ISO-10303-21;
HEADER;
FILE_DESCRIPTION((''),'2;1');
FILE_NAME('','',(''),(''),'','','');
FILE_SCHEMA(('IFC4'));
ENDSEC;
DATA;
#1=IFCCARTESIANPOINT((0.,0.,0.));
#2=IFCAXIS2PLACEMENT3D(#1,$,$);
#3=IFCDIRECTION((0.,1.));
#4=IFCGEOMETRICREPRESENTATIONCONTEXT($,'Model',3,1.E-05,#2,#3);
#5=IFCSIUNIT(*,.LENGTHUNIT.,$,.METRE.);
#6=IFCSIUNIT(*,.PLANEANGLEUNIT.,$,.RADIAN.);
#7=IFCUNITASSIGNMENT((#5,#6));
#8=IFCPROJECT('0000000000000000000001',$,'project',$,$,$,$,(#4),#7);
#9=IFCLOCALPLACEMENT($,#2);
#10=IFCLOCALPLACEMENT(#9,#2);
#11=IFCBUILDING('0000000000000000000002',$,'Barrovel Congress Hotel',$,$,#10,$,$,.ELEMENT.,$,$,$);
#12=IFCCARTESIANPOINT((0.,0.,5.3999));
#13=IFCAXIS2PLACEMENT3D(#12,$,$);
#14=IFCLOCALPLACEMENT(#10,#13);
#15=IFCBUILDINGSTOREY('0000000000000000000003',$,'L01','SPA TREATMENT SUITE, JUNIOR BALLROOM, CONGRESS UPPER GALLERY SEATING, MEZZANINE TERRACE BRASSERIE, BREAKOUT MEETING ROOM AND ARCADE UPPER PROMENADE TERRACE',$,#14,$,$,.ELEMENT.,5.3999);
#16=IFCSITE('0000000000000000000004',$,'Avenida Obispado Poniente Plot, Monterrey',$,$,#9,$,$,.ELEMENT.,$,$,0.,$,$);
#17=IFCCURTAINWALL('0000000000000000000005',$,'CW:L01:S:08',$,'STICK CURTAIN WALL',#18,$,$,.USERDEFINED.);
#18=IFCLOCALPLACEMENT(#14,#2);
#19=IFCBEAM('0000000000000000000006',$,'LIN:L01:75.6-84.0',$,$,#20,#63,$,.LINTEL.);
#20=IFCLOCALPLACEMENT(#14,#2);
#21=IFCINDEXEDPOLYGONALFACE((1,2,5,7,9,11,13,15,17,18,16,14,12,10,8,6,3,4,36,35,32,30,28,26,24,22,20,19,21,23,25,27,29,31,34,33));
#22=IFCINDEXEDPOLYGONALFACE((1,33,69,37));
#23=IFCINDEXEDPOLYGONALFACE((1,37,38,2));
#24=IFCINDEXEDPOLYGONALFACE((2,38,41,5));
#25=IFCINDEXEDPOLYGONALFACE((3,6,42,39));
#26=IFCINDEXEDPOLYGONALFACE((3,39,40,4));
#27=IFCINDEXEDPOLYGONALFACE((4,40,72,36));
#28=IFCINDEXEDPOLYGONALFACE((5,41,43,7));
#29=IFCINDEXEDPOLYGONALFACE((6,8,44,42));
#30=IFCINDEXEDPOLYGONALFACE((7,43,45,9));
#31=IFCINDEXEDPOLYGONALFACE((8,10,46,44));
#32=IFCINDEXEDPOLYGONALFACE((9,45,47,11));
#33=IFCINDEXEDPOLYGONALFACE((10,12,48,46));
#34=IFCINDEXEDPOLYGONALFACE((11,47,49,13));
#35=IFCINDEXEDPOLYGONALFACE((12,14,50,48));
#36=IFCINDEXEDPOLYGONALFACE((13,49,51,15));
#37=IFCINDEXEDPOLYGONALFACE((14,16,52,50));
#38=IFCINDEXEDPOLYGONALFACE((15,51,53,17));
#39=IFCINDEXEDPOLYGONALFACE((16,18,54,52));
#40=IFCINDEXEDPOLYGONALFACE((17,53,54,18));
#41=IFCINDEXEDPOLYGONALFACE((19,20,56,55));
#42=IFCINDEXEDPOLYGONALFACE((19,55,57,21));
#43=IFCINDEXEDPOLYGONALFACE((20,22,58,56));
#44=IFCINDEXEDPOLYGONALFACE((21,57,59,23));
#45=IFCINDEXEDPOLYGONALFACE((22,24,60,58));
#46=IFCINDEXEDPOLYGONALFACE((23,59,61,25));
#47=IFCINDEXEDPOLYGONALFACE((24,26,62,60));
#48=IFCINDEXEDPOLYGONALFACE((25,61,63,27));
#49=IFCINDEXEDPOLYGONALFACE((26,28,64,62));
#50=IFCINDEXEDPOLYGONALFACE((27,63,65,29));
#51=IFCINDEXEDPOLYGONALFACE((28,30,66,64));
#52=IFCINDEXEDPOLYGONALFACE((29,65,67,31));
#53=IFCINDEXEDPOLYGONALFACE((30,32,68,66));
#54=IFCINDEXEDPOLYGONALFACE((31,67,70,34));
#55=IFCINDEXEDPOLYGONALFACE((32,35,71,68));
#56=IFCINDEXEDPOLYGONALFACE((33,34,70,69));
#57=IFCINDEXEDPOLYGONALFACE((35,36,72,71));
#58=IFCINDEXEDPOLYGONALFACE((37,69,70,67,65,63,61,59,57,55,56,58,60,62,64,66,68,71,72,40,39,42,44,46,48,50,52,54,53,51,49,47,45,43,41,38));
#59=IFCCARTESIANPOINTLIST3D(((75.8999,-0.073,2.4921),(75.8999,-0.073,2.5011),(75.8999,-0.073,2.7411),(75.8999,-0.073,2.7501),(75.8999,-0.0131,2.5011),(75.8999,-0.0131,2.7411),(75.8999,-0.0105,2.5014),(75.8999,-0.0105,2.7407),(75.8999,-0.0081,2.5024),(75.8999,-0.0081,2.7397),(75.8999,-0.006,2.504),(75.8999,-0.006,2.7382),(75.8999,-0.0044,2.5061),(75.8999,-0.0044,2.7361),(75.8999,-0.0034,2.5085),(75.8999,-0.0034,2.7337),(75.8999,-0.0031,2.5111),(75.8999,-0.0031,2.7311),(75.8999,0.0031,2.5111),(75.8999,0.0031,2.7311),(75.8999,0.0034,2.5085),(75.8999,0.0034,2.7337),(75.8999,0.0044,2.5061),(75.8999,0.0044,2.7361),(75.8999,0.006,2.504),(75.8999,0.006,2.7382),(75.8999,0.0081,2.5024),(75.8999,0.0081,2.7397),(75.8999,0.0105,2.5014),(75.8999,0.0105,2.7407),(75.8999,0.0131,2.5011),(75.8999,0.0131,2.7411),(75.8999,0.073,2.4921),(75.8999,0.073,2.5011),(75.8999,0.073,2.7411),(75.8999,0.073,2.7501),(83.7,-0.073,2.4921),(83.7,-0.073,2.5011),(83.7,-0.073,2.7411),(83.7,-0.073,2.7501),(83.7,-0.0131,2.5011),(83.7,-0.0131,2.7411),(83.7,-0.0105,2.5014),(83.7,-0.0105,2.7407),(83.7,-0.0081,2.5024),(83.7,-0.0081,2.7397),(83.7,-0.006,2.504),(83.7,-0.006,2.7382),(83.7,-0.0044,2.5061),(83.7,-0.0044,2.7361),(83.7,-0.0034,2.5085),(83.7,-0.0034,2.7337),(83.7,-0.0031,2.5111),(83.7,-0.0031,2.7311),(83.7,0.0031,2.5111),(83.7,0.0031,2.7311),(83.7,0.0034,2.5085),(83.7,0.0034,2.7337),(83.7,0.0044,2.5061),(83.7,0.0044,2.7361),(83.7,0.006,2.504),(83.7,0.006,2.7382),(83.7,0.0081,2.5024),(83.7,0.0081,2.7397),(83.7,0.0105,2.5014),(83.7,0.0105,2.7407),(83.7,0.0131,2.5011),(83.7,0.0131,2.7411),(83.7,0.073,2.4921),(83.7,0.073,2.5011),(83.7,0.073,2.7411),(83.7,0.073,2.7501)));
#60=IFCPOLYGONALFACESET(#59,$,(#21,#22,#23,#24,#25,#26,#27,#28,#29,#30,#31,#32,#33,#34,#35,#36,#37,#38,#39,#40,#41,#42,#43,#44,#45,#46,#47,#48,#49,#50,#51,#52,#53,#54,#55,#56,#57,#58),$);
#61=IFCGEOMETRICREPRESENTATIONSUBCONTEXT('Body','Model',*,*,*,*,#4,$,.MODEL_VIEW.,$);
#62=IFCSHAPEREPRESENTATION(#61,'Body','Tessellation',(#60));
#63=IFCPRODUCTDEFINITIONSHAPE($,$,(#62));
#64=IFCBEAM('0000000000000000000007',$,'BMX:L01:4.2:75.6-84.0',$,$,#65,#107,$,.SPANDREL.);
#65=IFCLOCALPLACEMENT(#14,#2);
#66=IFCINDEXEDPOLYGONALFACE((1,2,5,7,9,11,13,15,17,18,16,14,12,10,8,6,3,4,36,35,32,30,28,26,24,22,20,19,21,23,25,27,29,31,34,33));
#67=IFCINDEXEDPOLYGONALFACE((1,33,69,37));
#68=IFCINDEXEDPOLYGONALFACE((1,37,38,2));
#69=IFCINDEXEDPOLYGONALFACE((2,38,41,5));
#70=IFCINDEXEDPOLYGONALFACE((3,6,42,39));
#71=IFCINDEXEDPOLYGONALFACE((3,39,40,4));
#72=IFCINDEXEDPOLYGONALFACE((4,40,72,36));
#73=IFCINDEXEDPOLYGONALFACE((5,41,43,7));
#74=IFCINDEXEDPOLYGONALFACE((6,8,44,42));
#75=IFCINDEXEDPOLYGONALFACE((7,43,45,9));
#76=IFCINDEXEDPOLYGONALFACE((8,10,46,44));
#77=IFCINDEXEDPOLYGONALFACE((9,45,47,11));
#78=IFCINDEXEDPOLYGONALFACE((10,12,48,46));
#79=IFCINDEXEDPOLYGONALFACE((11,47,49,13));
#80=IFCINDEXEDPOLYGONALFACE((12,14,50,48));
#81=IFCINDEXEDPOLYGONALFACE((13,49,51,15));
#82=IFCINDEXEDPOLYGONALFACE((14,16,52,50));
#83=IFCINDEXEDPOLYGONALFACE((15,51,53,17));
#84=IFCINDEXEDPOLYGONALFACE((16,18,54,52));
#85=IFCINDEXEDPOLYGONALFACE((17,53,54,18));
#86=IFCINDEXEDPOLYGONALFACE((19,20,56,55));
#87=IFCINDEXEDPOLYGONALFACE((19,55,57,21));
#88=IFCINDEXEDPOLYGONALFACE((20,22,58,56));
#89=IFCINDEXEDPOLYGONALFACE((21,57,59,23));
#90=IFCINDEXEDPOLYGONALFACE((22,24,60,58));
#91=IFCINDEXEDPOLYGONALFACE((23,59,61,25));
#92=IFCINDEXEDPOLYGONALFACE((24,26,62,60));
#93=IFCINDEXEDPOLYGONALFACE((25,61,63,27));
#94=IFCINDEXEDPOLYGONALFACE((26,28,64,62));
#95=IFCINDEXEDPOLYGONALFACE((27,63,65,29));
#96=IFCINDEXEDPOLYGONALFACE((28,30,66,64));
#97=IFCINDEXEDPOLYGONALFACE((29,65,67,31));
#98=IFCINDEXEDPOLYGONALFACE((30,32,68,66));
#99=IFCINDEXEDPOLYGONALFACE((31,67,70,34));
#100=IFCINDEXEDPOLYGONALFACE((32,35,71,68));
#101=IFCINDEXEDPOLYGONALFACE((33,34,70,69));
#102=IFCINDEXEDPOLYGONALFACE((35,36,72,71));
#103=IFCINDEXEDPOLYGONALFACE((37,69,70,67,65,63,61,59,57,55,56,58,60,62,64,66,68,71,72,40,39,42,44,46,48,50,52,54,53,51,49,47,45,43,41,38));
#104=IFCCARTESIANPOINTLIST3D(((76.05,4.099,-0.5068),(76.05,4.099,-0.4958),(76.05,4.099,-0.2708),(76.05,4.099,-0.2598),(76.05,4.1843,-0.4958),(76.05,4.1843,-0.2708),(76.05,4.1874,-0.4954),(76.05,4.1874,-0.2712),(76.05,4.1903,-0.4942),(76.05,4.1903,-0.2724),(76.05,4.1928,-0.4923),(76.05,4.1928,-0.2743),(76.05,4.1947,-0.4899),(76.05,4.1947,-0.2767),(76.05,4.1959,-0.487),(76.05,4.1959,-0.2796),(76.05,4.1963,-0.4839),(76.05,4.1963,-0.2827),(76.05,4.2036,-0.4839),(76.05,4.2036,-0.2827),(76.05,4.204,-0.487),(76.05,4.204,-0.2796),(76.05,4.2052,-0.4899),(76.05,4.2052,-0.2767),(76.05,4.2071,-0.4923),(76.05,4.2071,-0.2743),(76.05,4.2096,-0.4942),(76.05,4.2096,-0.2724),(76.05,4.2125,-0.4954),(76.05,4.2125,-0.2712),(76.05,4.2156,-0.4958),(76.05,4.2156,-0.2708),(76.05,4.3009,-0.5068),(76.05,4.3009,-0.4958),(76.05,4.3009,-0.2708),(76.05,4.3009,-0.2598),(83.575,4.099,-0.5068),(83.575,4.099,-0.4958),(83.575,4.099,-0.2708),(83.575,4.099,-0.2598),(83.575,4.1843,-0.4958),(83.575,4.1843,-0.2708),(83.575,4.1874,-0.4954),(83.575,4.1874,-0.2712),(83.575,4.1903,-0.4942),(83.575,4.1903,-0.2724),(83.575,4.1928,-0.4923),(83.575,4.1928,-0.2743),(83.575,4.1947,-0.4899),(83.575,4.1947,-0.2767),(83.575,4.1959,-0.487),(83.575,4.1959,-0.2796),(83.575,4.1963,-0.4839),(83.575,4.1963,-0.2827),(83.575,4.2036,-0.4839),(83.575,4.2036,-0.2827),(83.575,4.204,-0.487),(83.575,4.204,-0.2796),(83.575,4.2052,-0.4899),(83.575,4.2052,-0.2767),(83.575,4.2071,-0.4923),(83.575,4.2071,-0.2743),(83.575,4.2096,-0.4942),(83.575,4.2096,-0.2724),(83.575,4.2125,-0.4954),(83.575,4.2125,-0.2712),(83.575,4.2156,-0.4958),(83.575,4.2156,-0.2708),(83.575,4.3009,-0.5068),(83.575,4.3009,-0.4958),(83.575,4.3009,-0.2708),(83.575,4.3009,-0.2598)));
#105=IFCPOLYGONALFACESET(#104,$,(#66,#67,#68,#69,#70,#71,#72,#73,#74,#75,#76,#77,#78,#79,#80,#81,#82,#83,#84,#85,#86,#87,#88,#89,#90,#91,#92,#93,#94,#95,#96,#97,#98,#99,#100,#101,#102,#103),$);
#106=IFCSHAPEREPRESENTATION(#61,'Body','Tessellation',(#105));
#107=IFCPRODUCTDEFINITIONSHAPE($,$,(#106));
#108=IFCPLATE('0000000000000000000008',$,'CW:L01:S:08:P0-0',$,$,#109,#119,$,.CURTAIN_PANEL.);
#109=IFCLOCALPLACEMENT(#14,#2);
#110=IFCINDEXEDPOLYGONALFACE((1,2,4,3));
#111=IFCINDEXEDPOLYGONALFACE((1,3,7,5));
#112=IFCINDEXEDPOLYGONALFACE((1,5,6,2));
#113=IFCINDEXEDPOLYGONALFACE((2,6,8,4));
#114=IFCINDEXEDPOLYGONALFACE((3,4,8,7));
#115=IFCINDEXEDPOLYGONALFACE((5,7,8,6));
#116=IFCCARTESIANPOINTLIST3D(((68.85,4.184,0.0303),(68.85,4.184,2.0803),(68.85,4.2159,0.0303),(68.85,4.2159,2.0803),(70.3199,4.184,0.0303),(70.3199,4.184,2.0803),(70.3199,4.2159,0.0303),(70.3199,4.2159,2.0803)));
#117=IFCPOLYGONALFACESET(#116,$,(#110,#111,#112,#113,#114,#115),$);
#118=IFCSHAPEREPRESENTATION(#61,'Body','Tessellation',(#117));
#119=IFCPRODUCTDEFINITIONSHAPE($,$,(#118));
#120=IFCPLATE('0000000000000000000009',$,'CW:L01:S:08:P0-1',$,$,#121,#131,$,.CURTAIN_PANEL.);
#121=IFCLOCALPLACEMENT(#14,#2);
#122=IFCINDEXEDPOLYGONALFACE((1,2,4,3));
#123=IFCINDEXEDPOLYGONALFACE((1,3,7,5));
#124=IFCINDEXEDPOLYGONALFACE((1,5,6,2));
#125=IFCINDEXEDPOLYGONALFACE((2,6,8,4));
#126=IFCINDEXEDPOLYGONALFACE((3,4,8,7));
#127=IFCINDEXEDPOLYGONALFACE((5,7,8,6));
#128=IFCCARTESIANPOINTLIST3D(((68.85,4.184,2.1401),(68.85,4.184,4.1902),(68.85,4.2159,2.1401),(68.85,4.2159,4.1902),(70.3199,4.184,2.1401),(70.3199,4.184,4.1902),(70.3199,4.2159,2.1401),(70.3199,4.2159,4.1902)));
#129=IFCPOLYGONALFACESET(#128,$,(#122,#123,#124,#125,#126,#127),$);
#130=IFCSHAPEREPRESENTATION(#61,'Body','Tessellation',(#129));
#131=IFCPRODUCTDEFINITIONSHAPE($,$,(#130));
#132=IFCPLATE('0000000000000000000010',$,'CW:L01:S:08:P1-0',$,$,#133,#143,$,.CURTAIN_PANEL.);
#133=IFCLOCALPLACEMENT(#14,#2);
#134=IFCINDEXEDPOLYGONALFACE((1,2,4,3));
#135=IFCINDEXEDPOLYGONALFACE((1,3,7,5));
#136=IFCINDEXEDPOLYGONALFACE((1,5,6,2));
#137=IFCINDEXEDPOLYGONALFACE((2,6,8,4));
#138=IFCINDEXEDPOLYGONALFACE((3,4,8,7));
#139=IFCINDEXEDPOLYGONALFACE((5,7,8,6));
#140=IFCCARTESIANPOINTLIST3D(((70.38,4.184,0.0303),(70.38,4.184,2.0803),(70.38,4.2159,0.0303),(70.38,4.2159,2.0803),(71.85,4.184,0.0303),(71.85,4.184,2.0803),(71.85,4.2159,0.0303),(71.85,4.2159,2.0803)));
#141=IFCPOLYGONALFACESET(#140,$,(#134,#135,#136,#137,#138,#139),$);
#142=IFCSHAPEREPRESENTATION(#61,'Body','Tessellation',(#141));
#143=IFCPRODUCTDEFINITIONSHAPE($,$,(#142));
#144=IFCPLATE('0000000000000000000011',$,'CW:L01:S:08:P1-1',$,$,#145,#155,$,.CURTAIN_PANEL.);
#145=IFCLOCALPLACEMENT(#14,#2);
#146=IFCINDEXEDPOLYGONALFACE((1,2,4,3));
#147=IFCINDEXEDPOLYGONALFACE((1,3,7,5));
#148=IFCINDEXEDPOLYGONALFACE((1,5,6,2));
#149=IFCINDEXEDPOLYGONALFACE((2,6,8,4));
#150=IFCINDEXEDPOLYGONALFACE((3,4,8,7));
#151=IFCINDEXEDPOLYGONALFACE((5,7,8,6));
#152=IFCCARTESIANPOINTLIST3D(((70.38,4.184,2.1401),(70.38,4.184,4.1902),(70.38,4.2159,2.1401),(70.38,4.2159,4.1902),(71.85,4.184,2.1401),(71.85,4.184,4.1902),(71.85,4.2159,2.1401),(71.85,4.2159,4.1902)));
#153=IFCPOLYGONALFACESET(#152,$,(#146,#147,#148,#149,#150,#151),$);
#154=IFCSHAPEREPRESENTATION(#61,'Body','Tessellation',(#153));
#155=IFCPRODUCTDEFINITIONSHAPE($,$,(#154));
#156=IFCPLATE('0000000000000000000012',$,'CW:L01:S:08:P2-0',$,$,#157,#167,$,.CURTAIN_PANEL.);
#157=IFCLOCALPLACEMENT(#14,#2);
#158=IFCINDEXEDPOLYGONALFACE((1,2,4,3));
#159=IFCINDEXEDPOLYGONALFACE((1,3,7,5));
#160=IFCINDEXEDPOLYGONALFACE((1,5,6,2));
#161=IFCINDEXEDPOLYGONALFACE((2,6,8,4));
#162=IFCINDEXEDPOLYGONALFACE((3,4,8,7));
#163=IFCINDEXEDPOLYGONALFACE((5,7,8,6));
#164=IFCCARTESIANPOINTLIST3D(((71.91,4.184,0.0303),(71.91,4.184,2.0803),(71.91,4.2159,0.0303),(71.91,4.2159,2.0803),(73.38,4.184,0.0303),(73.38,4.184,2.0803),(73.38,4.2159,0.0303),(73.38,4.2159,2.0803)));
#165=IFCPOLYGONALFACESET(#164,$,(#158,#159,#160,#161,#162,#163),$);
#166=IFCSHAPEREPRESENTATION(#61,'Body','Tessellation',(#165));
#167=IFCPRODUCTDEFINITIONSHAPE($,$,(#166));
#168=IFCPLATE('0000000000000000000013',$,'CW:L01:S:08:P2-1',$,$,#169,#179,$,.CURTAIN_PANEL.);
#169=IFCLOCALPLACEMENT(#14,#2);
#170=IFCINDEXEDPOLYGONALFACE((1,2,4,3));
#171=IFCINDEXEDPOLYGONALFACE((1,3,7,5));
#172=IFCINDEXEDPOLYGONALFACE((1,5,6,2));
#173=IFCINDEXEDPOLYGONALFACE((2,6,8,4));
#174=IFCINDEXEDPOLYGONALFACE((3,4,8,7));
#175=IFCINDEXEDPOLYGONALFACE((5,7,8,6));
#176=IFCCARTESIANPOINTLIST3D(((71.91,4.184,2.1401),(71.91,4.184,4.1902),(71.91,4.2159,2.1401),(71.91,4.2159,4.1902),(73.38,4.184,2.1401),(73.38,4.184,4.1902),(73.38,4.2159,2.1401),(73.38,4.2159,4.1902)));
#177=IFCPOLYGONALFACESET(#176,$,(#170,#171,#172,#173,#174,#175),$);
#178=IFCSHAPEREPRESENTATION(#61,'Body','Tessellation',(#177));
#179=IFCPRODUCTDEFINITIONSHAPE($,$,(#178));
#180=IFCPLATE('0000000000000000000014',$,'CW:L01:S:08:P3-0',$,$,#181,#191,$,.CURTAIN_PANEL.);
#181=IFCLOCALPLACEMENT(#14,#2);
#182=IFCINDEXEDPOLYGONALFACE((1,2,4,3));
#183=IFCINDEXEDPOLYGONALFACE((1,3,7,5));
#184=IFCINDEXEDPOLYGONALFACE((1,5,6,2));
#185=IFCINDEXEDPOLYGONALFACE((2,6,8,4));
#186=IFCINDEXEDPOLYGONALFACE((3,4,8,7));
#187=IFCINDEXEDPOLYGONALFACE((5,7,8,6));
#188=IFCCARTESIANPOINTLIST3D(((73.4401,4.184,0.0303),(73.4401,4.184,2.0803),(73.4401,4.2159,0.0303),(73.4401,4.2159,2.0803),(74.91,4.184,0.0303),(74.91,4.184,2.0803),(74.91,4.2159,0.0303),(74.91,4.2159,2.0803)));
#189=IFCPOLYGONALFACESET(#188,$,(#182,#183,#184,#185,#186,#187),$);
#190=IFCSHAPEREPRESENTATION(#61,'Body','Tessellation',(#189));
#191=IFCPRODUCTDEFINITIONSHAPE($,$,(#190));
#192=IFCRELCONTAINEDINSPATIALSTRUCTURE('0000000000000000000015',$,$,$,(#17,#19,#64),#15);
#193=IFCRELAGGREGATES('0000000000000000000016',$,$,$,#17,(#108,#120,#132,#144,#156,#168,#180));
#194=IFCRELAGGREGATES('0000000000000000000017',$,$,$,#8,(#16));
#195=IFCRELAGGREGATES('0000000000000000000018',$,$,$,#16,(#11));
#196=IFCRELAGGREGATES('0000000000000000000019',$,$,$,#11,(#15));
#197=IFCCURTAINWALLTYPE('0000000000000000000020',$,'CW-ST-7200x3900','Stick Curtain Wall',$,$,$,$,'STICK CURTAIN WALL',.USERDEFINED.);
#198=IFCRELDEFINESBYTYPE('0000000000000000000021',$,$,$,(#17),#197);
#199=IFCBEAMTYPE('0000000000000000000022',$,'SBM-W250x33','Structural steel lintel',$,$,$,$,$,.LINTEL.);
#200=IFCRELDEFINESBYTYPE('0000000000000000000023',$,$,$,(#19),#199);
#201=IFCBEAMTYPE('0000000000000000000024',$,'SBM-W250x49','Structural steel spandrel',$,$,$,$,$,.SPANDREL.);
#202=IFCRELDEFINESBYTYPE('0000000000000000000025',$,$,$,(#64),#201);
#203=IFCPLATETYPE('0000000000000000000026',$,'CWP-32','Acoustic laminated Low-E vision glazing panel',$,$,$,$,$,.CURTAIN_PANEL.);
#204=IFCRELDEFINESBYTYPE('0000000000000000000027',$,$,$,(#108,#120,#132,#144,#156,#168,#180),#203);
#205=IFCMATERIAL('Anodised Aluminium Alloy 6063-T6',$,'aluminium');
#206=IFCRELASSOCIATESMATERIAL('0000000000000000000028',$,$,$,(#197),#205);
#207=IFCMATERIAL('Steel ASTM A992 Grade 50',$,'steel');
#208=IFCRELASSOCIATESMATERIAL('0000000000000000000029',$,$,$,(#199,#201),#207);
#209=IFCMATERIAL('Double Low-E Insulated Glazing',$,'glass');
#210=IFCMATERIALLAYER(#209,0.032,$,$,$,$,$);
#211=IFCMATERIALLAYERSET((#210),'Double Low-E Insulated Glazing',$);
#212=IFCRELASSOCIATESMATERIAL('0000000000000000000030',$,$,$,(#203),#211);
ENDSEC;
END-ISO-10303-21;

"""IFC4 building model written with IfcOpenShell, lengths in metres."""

from ifc_helpers import new_model, si_unit, direction, frame, origin, origin_2d, place, context, subcontext, project, spatial, rectangle, i_section, extrude, material, layer, layer_set, material_profile, profile_set, type_object, element, aggregate, save


model = new_model("IFC4")

# Units and contexts
model_context = context("Model", 3, precision=1e-05, world=origin(), true_north=direction((0.0, 1.0)))
body_context = subcontext(model_context, "Body", "Model", "MODEL_VIEW")
ifc_project = project(units=[si_unit("LENGTHUNIT", "METRE"), si_unit("PLANEANGLEUNIT", "RADIAN")], contexts=[model_context])

# Site, building, storey
site_placement = place(None, origin())
site = spatial("IfcSite", under=ifc_project, at=site_placement, Name="Avenida Obispado Poniente Plot, Monterrey", CompositionType="ELEMENT", RefElevation=0.0)
building_placement = place(site_placement, origin())
building = spatial("IfcBuilding", under=site, at=building_placement, Name="Barrovel Congress Hotel", CompositionType="ELEMENT")
storey_placement = place(building_placement, frame((0.0, 0.0, 5.3999)))
storey = spatial("IfcBuildingStorey", under=building, at=storey_placement, Name="L01", Description="SPA TREATMENT SUITE, JUNIOR BALLROOM, CONGRESS UPPER GALLERY SEATING, MEZZANINE TERRACE BRASSERIE, BREAKOUT MEETING ROOM AND ARCADE UPPER PROMENADE TERRACE", CompositionType="ELEMENT", Elevation=5.3999)

# Curtain wall
ifc_material_1 = material(Name="Anodised Aluminium Alloy 6063-T6", Category="aluminium")
curtain_wall_type = type_object("IfcCurtainWallType", Name="CW-ST-7200x3900", Description="Stick Curtain Wall", ElementType="STICK CURTAIN WALL", PredefinedType="USERDEFINED", material=ifc_material_1)
curtain_wall_1_placement = place(storey_placement, origin())
curtain_wall_1 = element("IfcCurtainWall", 1, at=curtain_wall_1_placement, inside=storey, type_object=curtain_wall_type, Name="CW:L01:S:08", ObjectType="STICK CURTAIN WALL", PredefinedType="USERDEFINED")

# Beams
ifc_material_2 = material(Name="Steel ASTM A992 Grade 50", Category="steel")
ifc_material_profile_1 = material_profile(ifc_material_2, i_section(OverallWidth=0.146, OverallDepth=0.2581, WebThickness=0.0061, FlangeThickness=0.009, FilletRadius=0.01, at=origin_2d()), Name="W250x33")
ifc_profile_set_1 = profile_set([ifc_material_profile_1], Name="Steel ASTM A992 Grade 50")
beam_type_1 = type_object("IfcBeamType", Name="SBM-W250x33", Description="Structural steel lintel", PredefinedType="LINTEL", material=ifc_profile_set_1)
beam_1_placement = place(storey_placement, frame((75.8999, 0.0, 2.6211), z_axis=(1.0, 0.0, 0.0), x_axis=(0.0, 1.0, 0.0)))
element("IfcBeam", 2, at=beam_1_placement, inside=storey, type_object=beam_type_1, Name="LIN:L01:75.6-84.0", PredefinedType="LINTEL", context=body_context, shape_type="SweptSolid", body=[
    extrude(i_section(OverallWidth=0.146, OverallDepth=0.2581, WebThickness=0.0061, FlangeThickness=0.009, FilletRadius=0.01, at=origin_2d()), origin(), (0.0, 0.0, 1.0), 7.8),
])
ifc_material_profile_2 = material_profile(ifc_material_2, i_section(OverallWidth=0.2019, OverallDepth=0.2471, WebThickness=0.0073, FlangeThickness=0.011, FilletRadius=0.012, at=origin_2d()), Name="W250x49")
ifc_profile_set_2 = profile_set([ifc_material_profile_2], Name="Steel ASTM A992 Grade 50")
beam_type_2 = type_object("IfcBeamType", Name="SBM-W250x49", Description="Structural steel spandrel", PredefinedType="SPANDREL", material=ifc_profile_set_2)
beam_2_placement = place(storey_placement, frame((76.05, 4.2, -0.3833), z_axis=(1.0, 0.0, 0.0), x_axis=(0.0, 1.0, 0.0)))
element("IfcBeam", 3, at=beam_2_placement, inside=storey, type_object=beam_type_2, Name="BMX:L01:4.2:75.6-84.0", PredefinedType="SPANDREL", context=body_context, shape_type="SweptSolid", body=[
    extrude(i_section(OverallWidth=0.2019, OverallDepth=0.2471, WebThickness=0.0073, FlangeThickness=0.011, FilletRadius=0.012, at=origin_2d()), origin(), (0.0, 0.0, 1.0), 7.5249),
])

# Plates
ifc_material_3 = material(Name="Double Low-E Insulated Glazing", Category="glass")
ifc_layer_1 = layer(ifc_material_3, 0.032)
ifc_layer_set_1 = layer_set([ifc_layer_1], Name="Double Low-E Insulated Glazing")
plate_type = type_object("IfcPlateType", Name="CWP-32", Description="Acoustic laminated Low-E vision glazing panel", PredefinedType="CURTAIN_PANEL", material=ifc_layer_set_1)
plate_1_placement = place(storey_placement, frame((69.585, 4.2, 0.0303), z_axis=(0.0, 0.0, 1.0), x_axis=(1.0, 0.0, 0.0)))
plate_1 = element("IfcPlate", 4, at=plate_1_placement, type_object=plate_type, Name="CW:L01:S:08:P0-0", PredefinedType="CURTAIN_PANEL", context=body_context, shape_type="SweptSolid", body=[
    extrude(rectangle(XDim=1.47, YDim=0.032, at=origin_2d()), origin(), (0.0, 0.0, 1.0), 2.05),
])
plate_2_placement = place(storey_placement, frame((69.585, 4.2, 2.1401), z_axis=(0.0, 0.0, 1.0), x_axis=(1.0, 0.0, 0.0)))
plate_2 = element("IfcPlate", 5, at=plate_2_placement, type_object=plate_type, Name="CW:L01:S:08:P0-1", PredefinedType="CURTAIN_PANEL", context=body_context, shape_type="SweptSolid", body=[
    extrude(rectangle(XDim=1.47, YDim=0.032, at=origin_2d()), origin(), (0.0, 0.0, 1.0), 2.05),
])
plate_3_placement = place(storey_placement, frame((71.115, 4.2, 0.0303), z_axis=(0.0, 0.0, 1.0), x_axis=(1.0, 0.0, 0.0)))
plate_3 = element("IfcPlate", 6, at=plate_3_placement, type_object=plate_type, Name="CW:L01:S:08:P1-0", PredefinedType="CURTAIN_PANEL", context=body_context, shape_type="SweptSolid", body=[
    extrude(rectangle(XDim=1.47, YDim=0.032, at=origin_2d()), origin(), (0.0, 0.0, 1.0), 2.05),
])
plate_4_placement = place(storey_placement, frame((71.115, 4.2, 2.1401), z_axis=(0.0, 0.0, 1.0), x_axis=(1.0, 0.0, 0.0)))
plate_4 = element("IfcPlate", 7, at=plate_4_placement, type_object=plate_type, Name="CW:L01:S:08:P1-1", PredefinedType="CURTAIN_PANEL", context=body_context, shape_type="SweptSolid", body=[
    extrude(rectangle(XDim=1.47, YDim=0.032, at=origin_2d()), origin(), (0.0, 0.0, 1.0), 2.05),
])
plate_5_placement = place(storey_placement, frame((72.645, 4.2, 0.0303), z_axis=(0.0, 0.0, 1.0), x_axis=(1.0, 0.0, 0.0)))
plate_5 = element("IfcPlate", 8, at=plate_5_placement, type_object=plate_type, Name="CW:L01:S:08:P2-0", PredefinedType="CURTAIN_PANEL", context=body_context, shape_type="SweptSolid", body=[
    extrude(rectangle(XDim=1.47, YDim=0.032, at=origin_2d()), origin(), (0.0, 0.0, 1.0), 2.05),
])
plate_6_placement = place(storey_placement, frame((72.645, 4.2, 2.1401), z_axis=(0.0, 0.0, 1.0), x_axis=(1.0, 0.0, 0.0)))
plate_6 = element("IfcPlate", 9, at=plate_6_placement, type_object=plate_type, Name="CW:L01:S:08:P2-1", PredefinedType="CURTAIN_PANEL", context=body_context, shape_type="SweptSolid", body=[
    extrude(rectangle(XDim=1.47, YDim=0.032, at=origin_2d()), origin(), (0.0, 0.0, 1.0), 2.05),
])
plate_7_placement = place(storey_placement, frame((74.175, 4.2, 0.0303), z_axis=(0.0, 0.0, 1.0), x_axis=(1.0, 0.0, 0.0)))
plate_7 = element("IfcPlate", 10, at=plate_7_placement, type_object=plate_type, Name="CW:L01:S:08:P3-0", PredefinedType="CURTAIN_PANEL", context=body_context, shape_type="SweptSolid", body=[
    extrude(rectangle(XDim=1.47, YDim=0.032, at=origin_2d()), origin(), (0.0, 0.0, 1.0), 2.05),
])
aggregate(curtain_wall_1, [plate_1, plate_2, plate_3, plate_4, plate_5, plate_6, plate_7])

save(model, "model.ifc")
